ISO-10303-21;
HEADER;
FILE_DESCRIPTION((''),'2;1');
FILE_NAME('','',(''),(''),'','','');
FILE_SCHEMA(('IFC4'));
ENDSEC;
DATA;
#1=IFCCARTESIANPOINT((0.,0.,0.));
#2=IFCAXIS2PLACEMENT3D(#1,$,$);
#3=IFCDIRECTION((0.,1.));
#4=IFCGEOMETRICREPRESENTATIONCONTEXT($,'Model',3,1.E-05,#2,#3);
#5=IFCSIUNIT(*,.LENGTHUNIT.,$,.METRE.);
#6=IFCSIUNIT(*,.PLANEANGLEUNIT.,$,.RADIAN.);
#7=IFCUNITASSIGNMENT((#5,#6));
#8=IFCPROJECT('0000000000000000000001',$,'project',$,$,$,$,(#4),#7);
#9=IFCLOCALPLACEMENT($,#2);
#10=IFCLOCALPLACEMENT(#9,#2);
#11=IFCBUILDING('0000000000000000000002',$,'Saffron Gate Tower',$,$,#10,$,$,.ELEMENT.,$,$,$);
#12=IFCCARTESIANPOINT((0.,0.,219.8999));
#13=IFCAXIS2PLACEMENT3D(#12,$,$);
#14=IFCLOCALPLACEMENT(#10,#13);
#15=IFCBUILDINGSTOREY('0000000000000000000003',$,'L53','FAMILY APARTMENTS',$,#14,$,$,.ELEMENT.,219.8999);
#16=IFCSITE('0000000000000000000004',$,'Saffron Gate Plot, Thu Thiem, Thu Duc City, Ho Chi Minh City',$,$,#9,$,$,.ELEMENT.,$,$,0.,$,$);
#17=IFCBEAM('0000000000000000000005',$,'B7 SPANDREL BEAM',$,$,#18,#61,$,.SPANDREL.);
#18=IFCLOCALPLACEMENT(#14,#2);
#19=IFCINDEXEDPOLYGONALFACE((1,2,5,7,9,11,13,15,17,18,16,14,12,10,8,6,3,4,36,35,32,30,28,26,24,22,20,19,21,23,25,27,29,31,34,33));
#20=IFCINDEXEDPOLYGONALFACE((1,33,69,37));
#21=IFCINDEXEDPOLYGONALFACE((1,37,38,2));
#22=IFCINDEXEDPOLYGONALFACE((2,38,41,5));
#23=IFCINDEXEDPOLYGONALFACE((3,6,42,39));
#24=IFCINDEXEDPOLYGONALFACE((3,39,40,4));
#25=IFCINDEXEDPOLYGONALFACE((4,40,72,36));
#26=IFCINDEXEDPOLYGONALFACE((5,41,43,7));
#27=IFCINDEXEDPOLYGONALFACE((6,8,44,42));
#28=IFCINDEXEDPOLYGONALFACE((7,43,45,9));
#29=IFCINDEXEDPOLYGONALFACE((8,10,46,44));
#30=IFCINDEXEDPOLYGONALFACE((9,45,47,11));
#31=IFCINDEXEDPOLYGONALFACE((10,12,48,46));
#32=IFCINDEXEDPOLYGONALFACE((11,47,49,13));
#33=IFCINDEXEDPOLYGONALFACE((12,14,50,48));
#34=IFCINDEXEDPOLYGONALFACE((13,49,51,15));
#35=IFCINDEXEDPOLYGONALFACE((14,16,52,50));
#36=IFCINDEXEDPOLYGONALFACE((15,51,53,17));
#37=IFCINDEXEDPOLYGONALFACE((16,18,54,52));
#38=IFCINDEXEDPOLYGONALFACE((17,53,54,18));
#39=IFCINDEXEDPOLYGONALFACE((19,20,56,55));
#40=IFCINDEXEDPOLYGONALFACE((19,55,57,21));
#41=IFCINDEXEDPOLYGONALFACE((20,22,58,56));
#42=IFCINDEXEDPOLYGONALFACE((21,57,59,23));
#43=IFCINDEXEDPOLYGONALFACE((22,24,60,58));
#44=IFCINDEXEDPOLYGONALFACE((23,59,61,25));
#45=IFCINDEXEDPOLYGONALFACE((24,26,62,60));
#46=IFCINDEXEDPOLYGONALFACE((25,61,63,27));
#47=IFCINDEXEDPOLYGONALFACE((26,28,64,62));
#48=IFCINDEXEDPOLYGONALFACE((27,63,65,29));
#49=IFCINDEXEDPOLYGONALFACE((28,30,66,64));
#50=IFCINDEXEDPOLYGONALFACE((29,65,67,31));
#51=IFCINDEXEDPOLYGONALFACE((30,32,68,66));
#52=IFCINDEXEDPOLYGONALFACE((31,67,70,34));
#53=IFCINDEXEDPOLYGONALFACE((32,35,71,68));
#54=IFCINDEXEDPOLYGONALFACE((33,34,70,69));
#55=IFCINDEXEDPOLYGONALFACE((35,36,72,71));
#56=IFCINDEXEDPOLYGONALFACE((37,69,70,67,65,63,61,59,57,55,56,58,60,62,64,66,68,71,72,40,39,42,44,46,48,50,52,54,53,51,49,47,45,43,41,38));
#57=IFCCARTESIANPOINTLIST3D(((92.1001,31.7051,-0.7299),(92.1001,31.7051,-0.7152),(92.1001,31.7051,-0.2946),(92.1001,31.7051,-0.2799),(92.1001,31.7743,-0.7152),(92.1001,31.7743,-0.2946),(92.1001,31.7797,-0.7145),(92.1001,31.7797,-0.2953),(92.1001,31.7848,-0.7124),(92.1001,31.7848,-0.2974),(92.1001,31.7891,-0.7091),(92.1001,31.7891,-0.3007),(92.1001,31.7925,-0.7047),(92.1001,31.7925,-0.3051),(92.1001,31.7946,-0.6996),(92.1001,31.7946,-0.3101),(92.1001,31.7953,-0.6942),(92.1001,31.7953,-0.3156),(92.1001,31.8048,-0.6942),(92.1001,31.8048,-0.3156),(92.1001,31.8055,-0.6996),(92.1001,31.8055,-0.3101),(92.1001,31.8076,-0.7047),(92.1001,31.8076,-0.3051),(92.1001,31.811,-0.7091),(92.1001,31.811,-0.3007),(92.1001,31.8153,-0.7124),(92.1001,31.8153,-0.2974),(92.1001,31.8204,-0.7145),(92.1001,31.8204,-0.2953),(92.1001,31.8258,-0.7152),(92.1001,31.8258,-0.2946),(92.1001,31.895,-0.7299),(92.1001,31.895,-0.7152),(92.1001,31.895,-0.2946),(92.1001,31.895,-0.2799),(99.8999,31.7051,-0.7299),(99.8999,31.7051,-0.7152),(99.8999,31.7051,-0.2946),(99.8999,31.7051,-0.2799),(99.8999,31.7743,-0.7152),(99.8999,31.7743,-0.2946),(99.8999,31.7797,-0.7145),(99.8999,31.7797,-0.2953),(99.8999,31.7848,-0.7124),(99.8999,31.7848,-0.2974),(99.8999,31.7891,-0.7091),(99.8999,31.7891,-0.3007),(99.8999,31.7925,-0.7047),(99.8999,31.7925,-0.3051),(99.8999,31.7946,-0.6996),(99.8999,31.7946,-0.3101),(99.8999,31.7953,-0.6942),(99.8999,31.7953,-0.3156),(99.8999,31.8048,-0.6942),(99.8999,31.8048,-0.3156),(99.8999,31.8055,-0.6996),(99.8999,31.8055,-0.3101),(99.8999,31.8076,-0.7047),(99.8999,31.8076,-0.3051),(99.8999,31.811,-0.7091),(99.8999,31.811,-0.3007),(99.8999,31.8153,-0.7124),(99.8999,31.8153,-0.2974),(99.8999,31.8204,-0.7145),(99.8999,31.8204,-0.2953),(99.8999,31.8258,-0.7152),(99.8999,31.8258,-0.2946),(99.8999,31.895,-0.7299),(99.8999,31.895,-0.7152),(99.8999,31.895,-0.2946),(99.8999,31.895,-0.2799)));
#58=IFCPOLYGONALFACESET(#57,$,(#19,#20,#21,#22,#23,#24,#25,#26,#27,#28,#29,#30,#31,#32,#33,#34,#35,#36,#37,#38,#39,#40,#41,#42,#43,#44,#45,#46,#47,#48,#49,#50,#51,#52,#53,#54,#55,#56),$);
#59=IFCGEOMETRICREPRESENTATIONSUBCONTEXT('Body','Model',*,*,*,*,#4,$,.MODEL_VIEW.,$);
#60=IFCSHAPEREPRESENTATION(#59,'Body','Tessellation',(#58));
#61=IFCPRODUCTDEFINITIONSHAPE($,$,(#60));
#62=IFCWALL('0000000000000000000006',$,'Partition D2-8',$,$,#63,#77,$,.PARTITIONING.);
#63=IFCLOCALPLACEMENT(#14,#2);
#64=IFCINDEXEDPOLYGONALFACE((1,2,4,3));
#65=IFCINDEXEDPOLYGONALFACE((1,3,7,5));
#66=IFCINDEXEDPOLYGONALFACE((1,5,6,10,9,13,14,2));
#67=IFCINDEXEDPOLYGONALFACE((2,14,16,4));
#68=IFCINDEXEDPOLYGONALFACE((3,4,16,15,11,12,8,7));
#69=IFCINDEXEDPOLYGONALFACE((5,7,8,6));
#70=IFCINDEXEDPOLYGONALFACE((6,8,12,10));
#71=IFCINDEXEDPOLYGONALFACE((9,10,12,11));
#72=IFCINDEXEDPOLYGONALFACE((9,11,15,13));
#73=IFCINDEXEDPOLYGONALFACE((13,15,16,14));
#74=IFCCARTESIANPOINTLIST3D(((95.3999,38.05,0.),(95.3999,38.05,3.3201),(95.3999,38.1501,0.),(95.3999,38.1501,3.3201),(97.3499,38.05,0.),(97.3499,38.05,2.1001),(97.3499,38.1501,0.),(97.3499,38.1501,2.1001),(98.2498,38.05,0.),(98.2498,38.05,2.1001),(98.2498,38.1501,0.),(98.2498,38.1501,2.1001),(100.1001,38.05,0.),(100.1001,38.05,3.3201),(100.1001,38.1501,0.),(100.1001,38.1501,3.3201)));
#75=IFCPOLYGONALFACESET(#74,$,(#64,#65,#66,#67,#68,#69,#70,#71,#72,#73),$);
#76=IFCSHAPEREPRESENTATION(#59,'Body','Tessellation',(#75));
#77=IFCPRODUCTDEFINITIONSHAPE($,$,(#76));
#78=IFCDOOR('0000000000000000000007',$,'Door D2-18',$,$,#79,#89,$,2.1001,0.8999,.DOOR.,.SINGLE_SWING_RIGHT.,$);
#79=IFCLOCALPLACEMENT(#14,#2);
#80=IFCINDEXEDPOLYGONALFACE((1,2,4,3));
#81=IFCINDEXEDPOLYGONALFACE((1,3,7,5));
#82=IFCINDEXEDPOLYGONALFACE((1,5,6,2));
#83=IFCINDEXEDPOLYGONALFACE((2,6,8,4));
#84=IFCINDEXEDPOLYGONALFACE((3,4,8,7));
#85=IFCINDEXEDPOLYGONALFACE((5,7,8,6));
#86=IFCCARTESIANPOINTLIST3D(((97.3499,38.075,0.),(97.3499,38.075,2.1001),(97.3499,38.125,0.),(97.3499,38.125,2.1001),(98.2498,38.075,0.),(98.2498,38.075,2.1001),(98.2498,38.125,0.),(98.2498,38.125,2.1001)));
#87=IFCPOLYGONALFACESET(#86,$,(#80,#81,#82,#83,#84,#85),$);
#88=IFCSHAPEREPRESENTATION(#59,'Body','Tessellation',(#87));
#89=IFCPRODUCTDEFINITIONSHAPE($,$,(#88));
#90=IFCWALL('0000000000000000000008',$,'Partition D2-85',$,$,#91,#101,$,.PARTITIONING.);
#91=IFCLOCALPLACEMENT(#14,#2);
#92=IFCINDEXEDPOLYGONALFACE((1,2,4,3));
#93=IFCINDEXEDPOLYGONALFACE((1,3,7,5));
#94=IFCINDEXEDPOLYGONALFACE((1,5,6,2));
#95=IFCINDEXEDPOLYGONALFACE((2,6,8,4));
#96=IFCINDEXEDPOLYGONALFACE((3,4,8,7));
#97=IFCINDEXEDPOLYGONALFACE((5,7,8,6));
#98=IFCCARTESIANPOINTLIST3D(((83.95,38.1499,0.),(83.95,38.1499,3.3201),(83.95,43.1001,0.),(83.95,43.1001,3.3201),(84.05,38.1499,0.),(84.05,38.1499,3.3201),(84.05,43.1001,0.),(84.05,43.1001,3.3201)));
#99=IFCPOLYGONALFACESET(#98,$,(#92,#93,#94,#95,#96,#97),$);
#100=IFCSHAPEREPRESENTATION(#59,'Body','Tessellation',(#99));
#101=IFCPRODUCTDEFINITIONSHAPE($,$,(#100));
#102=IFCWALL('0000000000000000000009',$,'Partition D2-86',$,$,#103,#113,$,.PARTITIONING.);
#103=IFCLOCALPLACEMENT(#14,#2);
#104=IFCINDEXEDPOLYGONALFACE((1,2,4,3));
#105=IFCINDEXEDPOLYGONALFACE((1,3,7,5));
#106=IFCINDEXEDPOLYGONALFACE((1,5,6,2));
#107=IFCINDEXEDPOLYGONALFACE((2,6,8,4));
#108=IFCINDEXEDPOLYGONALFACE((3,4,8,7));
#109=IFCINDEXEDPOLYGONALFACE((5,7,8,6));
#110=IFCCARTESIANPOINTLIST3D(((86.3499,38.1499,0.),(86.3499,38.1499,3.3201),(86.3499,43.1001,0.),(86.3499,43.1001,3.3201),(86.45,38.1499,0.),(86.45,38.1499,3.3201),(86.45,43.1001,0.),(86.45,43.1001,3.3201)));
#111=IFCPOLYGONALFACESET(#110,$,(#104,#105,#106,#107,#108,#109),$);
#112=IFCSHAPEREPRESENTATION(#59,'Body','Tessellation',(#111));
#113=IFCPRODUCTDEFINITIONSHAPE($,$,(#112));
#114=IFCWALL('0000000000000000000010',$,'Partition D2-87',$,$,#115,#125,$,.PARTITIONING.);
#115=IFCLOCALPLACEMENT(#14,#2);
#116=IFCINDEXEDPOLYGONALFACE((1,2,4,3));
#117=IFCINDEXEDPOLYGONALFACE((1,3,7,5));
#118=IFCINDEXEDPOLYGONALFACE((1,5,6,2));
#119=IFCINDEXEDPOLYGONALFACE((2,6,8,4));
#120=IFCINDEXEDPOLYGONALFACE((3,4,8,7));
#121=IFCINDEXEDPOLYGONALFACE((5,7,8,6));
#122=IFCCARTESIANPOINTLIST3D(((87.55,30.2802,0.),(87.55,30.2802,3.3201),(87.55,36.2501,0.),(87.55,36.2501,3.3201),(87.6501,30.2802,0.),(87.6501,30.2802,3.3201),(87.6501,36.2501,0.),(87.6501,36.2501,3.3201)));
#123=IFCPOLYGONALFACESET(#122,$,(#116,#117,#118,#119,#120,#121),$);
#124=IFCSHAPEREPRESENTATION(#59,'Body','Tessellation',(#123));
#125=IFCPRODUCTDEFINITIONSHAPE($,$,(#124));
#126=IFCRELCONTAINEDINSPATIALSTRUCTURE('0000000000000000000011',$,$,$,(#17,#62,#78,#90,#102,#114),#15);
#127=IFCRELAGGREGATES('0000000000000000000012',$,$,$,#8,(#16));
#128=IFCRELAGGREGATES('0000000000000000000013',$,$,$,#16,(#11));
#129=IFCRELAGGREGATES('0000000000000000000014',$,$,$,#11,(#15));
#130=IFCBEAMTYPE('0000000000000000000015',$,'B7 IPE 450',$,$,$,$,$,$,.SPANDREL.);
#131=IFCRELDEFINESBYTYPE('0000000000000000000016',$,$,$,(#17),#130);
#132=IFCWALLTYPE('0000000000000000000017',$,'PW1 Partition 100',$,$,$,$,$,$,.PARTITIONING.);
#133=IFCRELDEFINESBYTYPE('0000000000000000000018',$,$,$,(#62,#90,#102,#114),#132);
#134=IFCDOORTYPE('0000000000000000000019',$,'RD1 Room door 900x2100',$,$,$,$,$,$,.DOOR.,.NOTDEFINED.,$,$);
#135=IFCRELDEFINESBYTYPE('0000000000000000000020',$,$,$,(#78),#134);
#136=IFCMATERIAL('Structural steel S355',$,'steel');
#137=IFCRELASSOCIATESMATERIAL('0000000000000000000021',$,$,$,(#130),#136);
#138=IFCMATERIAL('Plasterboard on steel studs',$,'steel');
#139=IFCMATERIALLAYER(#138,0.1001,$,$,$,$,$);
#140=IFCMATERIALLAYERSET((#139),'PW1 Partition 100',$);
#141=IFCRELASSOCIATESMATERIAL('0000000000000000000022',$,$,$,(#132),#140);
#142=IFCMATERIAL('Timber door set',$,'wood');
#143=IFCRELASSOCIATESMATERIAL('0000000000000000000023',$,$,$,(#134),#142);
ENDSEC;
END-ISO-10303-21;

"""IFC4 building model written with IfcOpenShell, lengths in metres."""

from ifc_helpers import new_model, si_unit, direction, frame, frame_2d, origin, origin_2d, place, context, subcontext, project, spatial, rectangle, i_section, extrude, material, layer, layer_set, material_profile, profile_set, type_object, element, fill, save


model = new_model("IFC4")

# Units and contexts
model_context = context("Model", 3, precision=1e-05, world=origin(), true_north=direction((0.0, 1.0)))
body_context = subcontext(model_context, "Body", "Model", "MODEL_VIEW")
ifc_project = project(units=[si_unit("LENGTHUNIT", "METRE"), si_unit("PLANEANGLEUNIT", "RADIAN")], contexts=[model_context])

# Site, building, storey
site_placement = place(None, origin())
site = spatial("IfcSite", under=ifc_project, at=site_placement, Name="Saffron Gate Plot, Thu Thiem, Thu Duc City, Ho Chi Minh City", CompositionType="ELEMENT", RefElevation=0.0)
building_placement = place(site_placement, origin())
building = spatial("IfcBuilding", under=site, at=building_placement, Name="Saffron Gate Tower", CompositionType="ELEMENT")
storey_placement = place(building_placement, frame((0.0, 0.0, 219.8999)))
storey = spatial("IfcBuildingStorey", under=building, at=storey_placement, Name="L53", Description="FAMILY APARTMENTS", CompositionType="ELEMENT", Elevation=219.8999)

# Beam
ifc_material_1 = material(Name="Structural steel S355", Category="steel")
ifc_material_profile_1 = material_profile(ifc_material_1, i_section(OverallWidth=0.1899, OverallDepth=0.45, WebThickness=0.0095, FlangeThickness=0.0146, FilletRadius=0.021, at=origin_2d()))
ifc_profile_set_1 = profile_set([ifc_material_profile_1], Name="Structural steel S355")
beam_type_1 = type_object("IfcBeamType", Name="B7 IPE 450", PredefinedType="SPANDREL", material=ifc_profile_set_1)
beam_1_placement = place(storey_placement, frame((92.1001, 31.8, -0.5049), z_axis=(1.0, 0.0, 0.0), x_axis=(0.0, 1.0, 0.0)))
element("IfcBeam", 1, at=beam_1_placement, inside=storey, type_object=beam_type_1, Name="B7 SPANDREL BEAM", PredefinedType="SPANDREL", context=body_context, shape_type="SweptSolid", body=[
    extrude(i_section(OverallWidth=0.1899, OverallDepth=0.45, WebThickness=0.0095, FlangeThickness=0.0146, FilletRadius=0.021, at=origin_2d()), origin(), (0.0, 0.0, 1.0), 7.7998),
])

# Wall, opening, door
ifc_material_2 = material(Name="Plasterboard on steel studs", Category="steel")
ifc_layer = layer(ifc_material_2, 0.1001)
ifc_layer_set = layer_set([ifc_layer], Name="PW1 Partition 100")
wall_type = type_object("IfcWallType", Name="PW1 Partition 100", PredefinedType="PARTITIONING", material=ifc_layer_set)
wall_1_placement = place(storey_placement, frame((95.3999, 38.1001, 0.0), z_axis=(0.0, 0.0, 1.0), x_axis=(1.0, 0.0, 0.0)))
wall_1 = element("IfcWall", 2, at=wall_1_placement, inside=storey, type_object=wall_type, Name="Partition D2-8", PredefinedType="PARTITIONING", context=body_context, shape_type="SweptSolid", body=[
    extrude(rectangle(XDim=4.7002, YDim=0.1001, at=frame_2d((2.3501, 0.0))), origin(), (0.0, 0.0, 1.0), 3.3201),
])
opening_placement = place(wall_1_placement, frame((1.95, 0.0, 0.0)))
opening = element("IfcOpeningElement", 3, at=opening_placement, cuts=wall_1, PredefinedType="OPENING", context=body_context, shape_type="SweptSolid", body=[
    extrude(rectangle(XDim=0.8999, YDim=2.1001, at=frame_2d((0.45, 1.05))), frame((0.0, 0.0601, 0.0), z_axis=(0.0, -1.0, 0.0), x_axis=(1.0, 0.0, 0.0)), (0.0, 0.0, 1.0), 0.1201),
])
ifc_material_3 = material(Name="Timber door set", Category="wood")
door_type = type_object("IfcDoorType", Name="RD1 Room door 900x2100", OperationType="NOTDEFINED", PredefinedType="DOOR", material=ifc_material_3)
door_placement = place(opening_placement, origin())
door = element("IfcDoor", 4, at=door_placement, inside=storey, type_object=door_type, Name="Door D2-18", OperationType="SINGLE_SWING_RIGHT", OverallHeight=2.1001, OverallWidth=0.8999, PredefinedType="DOOR", context=body_context, shape_type="SweptSolid", body=[
    extrude(rectangle(XDim=0.8999, YDim=2.1001, at=frame_2d((0.45, 1.05))), frame((0.0, 0.0249, 0.0), z_axis=(0.0, -1.0, 0.0), x_axis=(1.0, 0.0, 0.0)), (0.0, 0.0, 1.0), 0.05),
])
fill(opening, door)

# Walls
for number, where, z_axis, x_axis, name in (
    (5, (84.0, 43.1001, 0.0), (0.0, 0.0, 1.0), (0.0, -1.0, 0.0), "Partition D2-85"),
    (6, (86.3999, 43.1001, 0.0), (0.0, 0.0, 1.0), (0.0, -1.0, 0.0), "Partition D2-86"),
):
    element("IfcWall", number, at=place(storey_placement, frame(where, z_axis=z_axis, x_axis=x_axis)), inside=storey, type_object=wall_type, Name=name, PredefinedType="PARTITIONING", context=body_context, shape_type="SweptSolid", body=[
        extrude(rectangle(XDim=4.9502, YDim=0.1001, at=frame_2d((2.4751, 0.0))), origin(), (0.0, 0.0, 1.0), 3.3201),
    ])
wall_2_placement = place(storey_placement, frame((87.6001, 36.25, 0.0), z_axis=(0.0, 0.0, 1.0), x_axis=(0.0, -1.0, 0.0)))
element("IfcWall", 7, at=wall_2_placement, inside=storey, type_object=wall_type, Name="Partition D2-87", PredefinedType="PARTITIONING", context=body_context, shape_type="SweptSolid", body=[
    extrude(rectangle(XDim=5.97, YDim=0.1001, at=frame_2d((2.9849, 0.0))), origin(), (0.0, 0.0, 1.0), 3.3201),
])

save(model, "model.ifc")
